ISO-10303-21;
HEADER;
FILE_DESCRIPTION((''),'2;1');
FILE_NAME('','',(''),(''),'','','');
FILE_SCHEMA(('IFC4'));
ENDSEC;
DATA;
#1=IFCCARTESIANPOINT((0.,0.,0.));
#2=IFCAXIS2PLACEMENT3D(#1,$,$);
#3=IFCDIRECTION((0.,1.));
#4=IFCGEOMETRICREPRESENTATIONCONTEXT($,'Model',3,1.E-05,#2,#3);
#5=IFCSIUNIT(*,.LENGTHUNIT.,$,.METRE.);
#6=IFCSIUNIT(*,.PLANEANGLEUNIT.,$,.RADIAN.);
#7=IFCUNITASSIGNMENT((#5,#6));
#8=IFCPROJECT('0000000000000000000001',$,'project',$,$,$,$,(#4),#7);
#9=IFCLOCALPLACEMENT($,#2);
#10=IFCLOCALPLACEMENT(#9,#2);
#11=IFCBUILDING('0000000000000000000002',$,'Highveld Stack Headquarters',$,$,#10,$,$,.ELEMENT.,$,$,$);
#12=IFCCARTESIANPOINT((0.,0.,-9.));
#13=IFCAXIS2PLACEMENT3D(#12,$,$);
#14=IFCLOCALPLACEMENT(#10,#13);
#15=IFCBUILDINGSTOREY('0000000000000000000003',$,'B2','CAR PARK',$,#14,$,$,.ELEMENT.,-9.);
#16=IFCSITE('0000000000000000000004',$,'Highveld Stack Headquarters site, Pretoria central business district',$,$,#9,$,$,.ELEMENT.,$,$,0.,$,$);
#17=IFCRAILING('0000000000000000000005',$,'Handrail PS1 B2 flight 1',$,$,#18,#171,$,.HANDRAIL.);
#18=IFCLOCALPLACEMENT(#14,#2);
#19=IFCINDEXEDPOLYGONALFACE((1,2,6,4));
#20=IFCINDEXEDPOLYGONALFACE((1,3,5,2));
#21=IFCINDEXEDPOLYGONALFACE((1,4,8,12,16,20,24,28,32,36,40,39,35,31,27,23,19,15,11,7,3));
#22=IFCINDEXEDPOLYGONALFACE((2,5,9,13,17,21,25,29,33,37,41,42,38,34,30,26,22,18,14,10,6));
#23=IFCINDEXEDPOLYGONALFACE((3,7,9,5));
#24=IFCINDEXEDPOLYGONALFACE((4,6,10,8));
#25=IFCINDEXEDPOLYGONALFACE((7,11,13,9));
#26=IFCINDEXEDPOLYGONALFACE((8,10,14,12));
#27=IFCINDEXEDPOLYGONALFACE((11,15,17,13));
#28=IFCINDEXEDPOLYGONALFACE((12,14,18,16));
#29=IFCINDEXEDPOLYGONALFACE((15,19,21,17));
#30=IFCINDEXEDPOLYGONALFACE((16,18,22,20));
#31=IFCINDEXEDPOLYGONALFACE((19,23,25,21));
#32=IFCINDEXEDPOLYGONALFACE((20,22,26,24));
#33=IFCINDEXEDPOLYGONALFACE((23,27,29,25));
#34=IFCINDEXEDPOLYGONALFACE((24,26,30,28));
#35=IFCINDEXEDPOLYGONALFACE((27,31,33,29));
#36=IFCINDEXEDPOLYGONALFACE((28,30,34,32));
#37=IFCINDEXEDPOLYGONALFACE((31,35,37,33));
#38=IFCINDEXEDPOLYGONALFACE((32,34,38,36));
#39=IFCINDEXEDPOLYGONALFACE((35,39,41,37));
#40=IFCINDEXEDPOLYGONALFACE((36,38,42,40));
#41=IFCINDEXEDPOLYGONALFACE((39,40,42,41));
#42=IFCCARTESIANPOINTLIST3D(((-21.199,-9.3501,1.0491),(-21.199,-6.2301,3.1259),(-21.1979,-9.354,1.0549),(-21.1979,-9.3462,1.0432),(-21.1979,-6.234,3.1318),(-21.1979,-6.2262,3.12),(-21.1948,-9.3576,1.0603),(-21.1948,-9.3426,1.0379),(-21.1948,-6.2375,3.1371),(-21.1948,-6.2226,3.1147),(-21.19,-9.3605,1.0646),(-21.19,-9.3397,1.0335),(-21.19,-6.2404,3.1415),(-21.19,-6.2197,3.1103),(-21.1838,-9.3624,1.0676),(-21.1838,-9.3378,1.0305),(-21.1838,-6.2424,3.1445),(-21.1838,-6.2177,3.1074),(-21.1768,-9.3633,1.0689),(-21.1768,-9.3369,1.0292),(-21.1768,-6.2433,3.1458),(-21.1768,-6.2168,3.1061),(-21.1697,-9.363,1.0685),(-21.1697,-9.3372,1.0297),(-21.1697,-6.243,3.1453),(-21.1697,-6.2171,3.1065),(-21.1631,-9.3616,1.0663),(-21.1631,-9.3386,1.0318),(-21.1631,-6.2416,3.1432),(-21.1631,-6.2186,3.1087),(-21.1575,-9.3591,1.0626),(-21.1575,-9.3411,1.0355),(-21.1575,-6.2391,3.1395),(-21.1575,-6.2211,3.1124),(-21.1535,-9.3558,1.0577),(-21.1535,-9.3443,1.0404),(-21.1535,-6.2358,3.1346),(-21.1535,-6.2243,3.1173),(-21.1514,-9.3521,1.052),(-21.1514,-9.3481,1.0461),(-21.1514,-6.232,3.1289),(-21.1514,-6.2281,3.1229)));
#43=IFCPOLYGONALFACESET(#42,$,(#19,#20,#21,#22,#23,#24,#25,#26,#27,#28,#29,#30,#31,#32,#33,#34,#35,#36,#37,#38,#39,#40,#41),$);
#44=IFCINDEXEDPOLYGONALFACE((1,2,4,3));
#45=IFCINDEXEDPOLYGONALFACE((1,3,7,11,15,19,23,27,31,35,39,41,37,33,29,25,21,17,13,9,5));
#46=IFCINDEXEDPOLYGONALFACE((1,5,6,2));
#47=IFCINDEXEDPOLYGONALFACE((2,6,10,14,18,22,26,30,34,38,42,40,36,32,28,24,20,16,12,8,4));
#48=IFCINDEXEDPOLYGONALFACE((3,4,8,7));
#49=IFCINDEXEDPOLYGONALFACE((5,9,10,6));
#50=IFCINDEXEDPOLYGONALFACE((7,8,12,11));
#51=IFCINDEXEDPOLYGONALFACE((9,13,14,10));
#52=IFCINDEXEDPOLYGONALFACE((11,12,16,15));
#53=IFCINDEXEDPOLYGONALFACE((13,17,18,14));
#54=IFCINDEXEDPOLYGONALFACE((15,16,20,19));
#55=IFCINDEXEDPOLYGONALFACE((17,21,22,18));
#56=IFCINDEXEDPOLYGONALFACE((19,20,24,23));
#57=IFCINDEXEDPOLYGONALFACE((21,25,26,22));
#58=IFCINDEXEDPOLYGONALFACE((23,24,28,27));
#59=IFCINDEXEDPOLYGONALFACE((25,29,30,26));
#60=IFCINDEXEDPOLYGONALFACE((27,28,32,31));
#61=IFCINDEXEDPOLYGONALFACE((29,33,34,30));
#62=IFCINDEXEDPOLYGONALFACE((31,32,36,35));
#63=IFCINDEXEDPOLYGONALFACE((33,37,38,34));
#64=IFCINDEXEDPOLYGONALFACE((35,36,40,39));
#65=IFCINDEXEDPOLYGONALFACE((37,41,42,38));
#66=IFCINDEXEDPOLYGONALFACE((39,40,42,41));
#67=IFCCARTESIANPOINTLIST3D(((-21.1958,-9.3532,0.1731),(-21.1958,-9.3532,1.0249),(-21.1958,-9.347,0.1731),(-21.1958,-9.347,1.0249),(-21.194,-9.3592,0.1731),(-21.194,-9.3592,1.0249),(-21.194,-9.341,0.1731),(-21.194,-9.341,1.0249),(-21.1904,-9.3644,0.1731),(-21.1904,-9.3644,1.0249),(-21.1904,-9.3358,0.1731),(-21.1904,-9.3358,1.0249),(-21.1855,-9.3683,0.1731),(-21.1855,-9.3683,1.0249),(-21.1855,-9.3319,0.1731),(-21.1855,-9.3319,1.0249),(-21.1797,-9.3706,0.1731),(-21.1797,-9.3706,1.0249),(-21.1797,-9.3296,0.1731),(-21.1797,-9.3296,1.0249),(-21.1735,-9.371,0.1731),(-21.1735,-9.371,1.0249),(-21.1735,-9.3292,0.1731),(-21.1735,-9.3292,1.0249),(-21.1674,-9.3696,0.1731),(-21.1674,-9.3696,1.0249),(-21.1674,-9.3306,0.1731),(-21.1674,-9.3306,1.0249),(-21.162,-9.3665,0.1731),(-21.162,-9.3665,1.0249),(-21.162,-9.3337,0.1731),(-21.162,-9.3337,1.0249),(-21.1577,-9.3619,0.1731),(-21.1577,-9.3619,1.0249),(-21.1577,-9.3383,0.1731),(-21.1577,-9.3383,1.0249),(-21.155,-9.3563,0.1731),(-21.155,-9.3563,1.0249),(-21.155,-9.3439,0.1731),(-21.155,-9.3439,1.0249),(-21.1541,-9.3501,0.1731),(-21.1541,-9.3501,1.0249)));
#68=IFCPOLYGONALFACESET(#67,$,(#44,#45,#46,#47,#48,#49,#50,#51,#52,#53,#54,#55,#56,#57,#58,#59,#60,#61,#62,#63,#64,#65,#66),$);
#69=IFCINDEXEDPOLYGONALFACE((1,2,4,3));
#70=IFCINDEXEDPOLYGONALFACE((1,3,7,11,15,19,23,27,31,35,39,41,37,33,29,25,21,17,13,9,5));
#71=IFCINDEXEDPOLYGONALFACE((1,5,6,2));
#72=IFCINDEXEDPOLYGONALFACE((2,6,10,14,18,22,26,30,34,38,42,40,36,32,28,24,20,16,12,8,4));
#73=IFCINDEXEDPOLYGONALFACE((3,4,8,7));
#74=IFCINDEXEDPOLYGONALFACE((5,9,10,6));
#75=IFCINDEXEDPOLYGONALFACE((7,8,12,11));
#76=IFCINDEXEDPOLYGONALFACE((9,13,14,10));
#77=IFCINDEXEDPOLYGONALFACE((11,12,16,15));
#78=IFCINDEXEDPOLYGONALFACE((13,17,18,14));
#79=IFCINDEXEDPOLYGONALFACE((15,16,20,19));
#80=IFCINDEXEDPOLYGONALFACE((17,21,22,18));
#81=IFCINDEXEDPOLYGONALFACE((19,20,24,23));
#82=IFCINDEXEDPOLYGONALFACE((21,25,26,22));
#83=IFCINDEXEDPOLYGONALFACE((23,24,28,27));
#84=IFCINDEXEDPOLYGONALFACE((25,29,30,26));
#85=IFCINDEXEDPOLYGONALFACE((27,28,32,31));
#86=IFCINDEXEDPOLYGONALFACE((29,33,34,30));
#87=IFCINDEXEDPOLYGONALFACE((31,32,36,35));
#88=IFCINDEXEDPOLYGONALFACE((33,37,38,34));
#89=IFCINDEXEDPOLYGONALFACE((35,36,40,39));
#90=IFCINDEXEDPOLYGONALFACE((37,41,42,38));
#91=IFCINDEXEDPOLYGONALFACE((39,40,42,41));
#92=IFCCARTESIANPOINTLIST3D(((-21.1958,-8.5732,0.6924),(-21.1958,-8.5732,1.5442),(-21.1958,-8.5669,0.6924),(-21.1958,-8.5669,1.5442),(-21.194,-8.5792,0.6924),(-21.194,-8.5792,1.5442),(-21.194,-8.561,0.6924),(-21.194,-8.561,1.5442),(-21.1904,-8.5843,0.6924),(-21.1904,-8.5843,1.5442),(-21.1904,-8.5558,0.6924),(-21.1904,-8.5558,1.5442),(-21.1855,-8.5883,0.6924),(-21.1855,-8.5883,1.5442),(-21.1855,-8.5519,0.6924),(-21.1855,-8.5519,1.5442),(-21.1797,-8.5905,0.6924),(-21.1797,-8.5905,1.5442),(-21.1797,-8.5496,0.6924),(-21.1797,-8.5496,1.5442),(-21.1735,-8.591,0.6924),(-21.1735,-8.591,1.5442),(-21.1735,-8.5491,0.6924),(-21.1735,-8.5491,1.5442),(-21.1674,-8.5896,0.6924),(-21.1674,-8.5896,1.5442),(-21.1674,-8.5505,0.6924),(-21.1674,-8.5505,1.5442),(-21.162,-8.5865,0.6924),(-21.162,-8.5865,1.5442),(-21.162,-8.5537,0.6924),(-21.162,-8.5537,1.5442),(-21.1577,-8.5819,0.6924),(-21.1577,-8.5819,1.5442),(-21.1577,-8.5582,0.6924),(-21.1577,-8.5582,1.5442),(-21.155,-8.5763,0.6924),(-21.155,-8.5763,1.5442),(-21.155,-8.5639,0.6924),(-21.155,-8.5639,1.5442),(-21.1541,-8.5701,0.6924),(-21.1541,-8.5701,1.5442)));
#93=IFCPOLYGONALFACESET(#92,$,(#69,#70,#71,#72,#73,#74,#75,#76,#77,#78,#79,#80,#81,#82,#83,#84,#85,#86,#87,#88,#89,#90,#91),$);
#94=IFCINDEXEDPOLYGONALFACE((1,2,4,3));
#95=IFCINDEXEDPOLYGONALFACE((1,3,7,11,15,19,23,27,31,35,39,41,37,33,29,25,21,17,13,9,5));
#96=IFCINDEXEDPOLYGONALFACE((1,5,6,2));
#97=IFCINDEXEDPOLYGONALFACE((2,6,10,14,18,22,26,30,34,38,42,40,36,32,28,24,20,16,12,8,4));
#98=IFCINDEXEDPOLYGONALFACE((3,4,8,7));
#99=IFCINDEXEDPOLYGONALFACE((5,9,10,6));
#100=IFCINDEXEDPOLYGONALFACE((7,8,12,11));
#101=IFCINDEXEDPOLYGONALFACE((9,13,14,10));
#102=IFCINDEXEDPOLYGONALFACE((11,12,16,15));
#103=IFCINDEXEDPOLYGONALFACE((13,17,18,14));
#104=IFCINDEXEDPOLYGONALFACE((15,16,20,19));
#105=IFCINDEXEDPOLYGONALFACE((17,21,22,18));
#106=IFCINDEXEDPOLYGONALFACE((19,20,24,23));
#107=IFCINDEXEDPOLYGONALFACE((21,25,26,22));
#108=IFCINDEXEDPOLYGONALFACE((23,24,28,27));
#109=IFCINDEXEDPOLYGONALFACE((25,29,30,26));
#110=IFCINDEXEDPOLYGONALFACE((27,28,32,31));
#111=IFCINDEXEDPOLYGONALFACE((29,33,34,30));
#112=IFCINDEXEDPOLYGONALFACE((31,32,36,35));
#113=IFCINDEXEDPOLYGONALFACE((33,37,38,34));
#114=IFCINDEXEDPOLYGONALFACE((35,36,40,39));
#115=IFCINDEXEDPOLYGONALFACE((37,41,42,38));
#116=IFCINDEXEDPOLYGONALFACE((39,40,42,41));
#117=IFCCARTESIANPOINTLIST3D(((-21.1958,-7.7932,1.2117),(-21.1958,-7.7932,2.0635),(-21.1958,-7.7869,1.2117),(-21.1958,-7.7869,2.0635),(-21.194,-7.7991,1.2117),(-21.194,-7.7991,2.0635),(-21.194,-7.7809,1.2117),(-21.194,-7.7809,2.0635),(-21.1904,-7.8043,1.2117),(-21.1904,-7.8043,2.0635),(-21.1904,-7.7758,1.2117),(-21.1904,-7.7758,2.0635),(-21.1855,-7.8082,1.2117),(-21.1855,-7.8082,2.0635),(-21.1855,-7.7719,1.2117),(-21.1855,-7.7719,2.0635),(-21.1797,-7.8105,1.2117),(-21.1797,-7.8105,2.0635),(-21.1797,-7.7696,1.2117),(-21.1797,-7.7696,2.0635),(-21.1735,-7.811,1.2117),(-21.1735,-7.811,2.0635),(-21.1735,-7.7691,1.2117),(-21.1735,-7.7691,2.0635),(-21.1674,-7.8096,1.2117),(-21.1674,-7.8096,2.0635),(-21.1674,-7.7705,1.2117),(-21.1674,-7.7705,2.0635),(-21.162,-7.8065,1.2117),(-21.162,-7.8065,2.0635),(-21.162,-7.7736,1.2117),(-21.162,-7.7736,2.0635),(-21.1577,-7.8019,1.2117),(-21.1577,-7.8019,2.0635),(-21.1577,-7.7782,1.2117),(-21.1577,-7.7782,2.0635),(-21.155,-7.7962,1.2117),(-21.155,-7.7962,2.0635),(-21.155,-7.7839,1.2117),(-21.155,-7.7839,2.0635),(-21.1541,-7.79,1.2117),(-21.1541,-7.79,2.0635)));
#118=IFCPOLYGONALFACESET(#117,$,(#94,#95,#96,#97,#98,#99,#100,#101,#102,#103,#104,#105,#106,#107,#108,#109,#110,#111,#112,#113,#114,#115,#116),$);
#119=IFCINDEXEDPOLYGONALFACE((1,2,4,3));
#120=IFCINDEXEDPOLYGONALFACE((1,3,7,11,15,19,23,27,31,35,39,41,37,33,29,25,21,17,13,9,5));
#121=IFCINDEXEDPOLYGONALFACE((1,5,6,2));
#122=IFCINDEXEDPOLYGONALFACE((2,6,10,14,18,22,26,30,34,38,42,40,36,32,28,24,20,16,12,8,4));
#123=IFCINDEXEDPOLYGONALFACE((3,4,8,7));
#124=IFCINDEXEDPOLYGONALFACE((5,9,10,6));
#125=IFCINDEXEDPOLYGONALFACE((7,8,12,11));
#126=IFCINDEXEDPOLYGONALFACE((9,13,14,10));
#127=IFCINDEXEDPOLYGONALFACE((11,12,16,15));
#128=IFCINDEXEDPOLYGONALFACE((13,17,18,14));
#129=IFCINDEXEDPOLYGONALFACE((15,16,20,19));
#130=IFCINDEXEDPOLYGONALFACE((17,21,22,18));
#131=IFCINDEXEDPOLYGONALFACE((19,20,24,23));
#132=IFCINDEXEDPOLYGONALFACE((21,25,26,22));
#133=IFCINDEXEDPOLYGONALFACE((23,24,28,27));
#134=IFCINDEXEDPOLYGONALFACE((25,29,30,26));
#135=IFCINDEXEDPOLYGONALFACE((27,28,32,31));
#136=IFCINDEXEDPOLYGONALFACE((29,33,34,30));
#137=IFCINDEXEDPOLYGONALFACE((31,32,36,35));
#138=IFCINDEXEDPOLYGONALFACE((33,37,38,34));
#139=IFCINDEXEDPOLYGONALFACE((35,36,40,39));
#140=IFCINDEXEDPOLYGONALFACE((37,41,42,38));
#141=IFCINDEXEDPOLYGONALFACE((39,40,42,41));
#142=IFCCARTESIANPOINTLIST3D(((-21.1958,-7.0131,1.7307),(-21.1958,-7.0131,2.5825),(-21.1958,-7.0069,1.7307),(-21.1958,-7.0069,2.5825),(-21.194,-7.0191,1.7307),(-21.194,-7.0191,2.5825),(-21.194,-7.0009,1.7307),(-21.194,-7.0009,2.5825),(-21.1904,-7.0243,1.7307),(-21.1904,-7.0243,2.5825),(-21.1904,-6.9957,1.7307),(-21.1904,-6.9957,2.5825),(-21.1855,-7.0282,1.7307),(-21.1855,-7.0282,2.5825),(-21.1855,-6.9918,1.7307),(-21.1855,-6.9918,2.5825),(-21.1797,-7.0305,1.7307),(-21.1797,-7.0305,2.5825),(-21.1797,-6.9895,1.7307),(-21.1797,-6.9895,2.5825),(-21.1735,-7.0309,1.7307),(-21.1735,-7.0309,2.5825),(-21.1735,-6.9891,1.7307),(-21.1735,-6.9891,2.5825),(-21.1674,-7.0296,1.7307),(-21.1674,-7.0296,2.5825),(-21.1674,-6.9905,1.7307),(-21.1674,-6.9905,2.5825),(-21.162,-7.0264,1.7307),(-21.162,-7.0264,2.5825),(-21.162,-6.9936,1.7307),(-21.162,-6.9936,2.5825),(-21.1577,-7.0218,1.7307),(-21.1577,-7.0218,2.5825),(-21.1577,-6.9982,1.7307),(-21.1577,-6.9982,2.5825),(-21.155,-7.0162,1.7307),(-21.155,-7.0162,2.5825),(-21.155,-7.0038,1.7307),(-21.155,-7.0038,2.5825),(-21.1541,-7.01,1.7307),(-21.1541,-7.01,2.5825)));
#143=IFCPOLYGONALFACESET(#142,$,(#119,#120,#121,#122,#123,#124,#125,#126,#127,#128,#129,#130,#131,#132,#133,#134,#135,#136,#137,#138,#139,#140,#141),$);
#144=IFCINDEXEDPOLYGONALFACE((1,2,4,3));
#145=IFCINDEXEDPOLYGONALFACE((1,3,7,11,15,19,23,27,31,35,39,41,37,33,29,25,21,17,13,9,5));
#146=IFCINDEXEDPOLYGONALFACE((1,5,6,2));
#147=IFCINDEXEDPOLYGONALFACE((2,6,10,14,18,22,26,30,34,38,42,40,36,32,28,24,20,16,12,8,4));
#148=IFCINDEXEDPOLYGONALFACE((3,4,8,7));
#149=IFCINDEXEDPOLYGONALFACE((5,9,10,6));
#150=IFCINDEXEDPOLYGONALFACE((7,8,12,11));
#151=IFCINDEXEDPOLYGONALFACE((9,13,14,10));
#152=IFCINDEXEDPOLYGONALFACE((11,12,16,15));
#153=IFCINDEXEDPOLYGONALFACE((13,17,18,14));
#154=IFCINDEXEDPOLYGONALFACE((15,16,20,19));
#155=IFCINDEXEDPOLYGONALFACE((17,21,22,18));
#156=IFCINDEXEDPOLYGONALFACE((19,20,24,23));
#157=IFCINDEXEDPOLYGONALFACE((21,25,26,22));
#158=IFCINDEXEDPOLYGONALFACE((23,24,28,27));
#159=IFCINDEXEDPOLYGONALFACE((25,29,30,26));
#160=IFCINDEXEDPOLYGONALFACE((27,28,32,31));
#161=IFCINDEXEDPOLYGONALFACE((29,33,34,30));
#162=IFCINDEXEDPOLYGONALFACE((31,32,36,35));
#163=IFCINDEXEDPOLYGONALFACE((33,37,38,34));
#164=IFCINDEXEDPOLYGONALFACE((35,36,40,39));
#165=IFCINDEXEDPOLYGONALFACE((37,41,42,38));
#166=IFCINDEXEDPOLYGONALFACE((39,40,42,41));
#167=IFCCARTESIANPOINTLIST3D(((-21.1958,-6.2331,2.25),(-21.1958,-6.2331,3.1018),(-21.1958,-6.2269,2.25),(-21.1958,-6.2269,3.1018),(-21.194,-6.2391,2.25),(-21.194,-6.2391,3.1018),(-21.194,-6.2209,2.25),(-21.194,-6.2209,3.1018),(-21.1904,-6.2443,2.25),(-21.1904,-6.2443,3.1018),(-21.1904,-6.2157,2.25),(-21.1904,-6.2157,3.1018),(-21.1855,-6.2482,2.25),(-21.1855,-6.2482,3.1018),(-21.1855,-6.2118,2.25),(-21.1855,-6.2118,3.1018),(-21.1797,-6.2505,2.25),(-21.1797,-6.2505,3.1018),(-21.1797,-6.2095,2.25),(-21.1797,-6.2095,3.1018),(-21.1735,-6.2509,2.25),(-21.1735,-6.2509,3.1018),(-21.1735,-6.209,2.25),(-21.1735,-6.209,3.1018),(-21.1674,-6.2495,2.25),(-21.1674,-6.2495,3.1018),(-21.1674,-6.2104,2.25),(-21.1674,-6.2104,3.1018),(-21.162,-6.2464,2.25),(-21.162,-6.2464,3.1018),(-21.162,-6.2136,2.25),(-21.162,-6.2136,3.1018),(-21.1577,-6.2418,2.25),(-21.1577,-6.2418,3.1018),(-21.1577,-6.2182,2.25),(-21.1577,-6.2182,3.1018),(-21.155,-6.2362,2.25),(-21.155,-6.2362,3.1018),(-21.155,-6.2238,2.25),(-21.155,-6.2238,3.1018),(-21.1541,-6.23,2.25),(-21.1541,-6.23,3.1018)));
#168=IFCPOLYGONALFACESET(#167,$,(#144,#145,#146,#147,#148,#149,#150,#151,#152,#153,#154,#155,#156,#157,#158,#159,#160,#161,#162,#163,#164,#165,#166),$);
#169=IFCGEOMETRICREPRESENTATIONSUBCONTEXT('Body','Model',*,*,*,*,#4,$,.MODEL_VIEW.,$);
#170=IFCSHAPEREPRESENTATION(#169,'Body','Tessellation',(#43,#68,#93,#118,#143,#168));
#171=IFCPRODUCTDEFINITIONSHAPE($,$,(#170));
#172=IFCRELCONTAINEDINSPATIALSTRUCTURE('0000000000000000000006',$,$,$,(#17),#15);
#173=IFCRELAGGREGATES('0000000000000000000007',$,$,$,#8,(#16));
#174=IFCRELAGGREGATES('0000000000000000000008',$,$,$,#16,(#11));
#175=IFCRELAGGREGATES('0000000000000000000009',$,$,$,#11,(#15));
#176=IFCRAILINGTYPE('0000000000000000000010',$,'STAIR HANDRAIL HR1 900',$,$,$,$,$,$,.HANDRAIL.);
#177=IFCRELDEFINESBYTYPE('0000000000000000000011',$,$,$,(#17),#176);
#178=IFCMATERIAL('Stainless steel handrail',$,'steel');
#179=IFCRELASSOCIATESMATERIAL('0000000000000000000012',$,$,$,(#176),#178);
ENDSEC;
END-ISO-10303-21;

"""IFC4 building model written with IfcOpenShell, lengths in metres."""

from ifc_helpers import new_model, si_unit, direction, frame, origin, origin_2d, place, context, subcontext, project, spatial, circle, extrude, material, type_object, element, save


model = new_model("IFC4")

# Units and contexts
model_context = context("Model", 3, precision=1e-05, world=origin(), true_north=direction((0.0, 1.0)))
body_context = subcontext(model_context, "Body", "Model", "MODEL_VIEW")
ifc_project = project(units=[si_unit("LENGTHUNIT", "METRE"), si_unit("PLANEANGLEUNIT", "RADIAN")], contexts=[model_context])

# Site, building, storey
site_placement = place(None, origin())
site = spatial("IfcSite", under=ifc_project, at=site_placement, Name="Highveld Stack Headquarters site, Pretoria central business district", CompositionType="ELEMENT", RefElevation=0.0)
building_placement = place(site_placement, origin())
building = spatial("IfcBuilding", under=site, at=building_placement, Name="Highveld Stack Headquarters", CompositionType="ELEMENT")
storey_placement = place(building_placement, frame((0.0, 0.0, -9.0)))
storey = spatial("IfcBuildingStorey", under=building, at=storey_placement, Name="B2", Description="CAR PARK", CompositionType="ELEMENT", Elevation=-9.0)

# Railing
ifc_material_1 = material(Name="Stainless steel handrail", Category="steel")
railing_type = type_object("IfcRailingType", Name="STAIR HANDRAIL HR1 900", PredefinedType="HANDRAIL", material=ifc_material_1)
for number, where, name in (
    (1, (-21.175, -9.3501, 0.1731), "Handrail PS1 B2 flight 1"),
):
    element("IfcRailing", number, at=place(storey_placement, frame(where)), inside=storey, type_object=railing_type, Name=name, PredefinedType="HANDRAIL", context=body_context, shape_type="SweptSolid", body=[
        extrude(circle(Radius=0.0239, at=origin_2d()), frame((0.0, 0.0, 0.876), z_axis=(0.0, 0.832441, 0.554114), x_axis=(-1.0, 0.0, 0.0)), (0.0, 0.0, 1.0), 3.748),
        extrude(circle(Radius=0.021, at=origin_2d()), origin(), (0.0, 0.0, 1.0), 0.8518),
        extrude(circle(Radius=0.021, at=origin_2d()), frame((0.0, 0.78, 0.5193)), (0.0, 0.0, 1.0), 0.8518),
        extrude(circle(Radius=0.021, at=origin_2d()), frame((0.0, 1.5601, 1.0386)), (0.0, 0.0, 1.0), 0.8518),
        extrude(circle(Radius=0.021, at=origin_2d()), frame((0.0, 2.3401, 1.5576)), (0.0, 0.0, 1.0), 0.8518),
        extrude(circle(Radius=0.021, at=origin_2d()), frame((0.0, 3.1201, 2.0769)), (0.0, 0.0, 1.0), 0.8518),
    ])

save(model, "model.ifc")
